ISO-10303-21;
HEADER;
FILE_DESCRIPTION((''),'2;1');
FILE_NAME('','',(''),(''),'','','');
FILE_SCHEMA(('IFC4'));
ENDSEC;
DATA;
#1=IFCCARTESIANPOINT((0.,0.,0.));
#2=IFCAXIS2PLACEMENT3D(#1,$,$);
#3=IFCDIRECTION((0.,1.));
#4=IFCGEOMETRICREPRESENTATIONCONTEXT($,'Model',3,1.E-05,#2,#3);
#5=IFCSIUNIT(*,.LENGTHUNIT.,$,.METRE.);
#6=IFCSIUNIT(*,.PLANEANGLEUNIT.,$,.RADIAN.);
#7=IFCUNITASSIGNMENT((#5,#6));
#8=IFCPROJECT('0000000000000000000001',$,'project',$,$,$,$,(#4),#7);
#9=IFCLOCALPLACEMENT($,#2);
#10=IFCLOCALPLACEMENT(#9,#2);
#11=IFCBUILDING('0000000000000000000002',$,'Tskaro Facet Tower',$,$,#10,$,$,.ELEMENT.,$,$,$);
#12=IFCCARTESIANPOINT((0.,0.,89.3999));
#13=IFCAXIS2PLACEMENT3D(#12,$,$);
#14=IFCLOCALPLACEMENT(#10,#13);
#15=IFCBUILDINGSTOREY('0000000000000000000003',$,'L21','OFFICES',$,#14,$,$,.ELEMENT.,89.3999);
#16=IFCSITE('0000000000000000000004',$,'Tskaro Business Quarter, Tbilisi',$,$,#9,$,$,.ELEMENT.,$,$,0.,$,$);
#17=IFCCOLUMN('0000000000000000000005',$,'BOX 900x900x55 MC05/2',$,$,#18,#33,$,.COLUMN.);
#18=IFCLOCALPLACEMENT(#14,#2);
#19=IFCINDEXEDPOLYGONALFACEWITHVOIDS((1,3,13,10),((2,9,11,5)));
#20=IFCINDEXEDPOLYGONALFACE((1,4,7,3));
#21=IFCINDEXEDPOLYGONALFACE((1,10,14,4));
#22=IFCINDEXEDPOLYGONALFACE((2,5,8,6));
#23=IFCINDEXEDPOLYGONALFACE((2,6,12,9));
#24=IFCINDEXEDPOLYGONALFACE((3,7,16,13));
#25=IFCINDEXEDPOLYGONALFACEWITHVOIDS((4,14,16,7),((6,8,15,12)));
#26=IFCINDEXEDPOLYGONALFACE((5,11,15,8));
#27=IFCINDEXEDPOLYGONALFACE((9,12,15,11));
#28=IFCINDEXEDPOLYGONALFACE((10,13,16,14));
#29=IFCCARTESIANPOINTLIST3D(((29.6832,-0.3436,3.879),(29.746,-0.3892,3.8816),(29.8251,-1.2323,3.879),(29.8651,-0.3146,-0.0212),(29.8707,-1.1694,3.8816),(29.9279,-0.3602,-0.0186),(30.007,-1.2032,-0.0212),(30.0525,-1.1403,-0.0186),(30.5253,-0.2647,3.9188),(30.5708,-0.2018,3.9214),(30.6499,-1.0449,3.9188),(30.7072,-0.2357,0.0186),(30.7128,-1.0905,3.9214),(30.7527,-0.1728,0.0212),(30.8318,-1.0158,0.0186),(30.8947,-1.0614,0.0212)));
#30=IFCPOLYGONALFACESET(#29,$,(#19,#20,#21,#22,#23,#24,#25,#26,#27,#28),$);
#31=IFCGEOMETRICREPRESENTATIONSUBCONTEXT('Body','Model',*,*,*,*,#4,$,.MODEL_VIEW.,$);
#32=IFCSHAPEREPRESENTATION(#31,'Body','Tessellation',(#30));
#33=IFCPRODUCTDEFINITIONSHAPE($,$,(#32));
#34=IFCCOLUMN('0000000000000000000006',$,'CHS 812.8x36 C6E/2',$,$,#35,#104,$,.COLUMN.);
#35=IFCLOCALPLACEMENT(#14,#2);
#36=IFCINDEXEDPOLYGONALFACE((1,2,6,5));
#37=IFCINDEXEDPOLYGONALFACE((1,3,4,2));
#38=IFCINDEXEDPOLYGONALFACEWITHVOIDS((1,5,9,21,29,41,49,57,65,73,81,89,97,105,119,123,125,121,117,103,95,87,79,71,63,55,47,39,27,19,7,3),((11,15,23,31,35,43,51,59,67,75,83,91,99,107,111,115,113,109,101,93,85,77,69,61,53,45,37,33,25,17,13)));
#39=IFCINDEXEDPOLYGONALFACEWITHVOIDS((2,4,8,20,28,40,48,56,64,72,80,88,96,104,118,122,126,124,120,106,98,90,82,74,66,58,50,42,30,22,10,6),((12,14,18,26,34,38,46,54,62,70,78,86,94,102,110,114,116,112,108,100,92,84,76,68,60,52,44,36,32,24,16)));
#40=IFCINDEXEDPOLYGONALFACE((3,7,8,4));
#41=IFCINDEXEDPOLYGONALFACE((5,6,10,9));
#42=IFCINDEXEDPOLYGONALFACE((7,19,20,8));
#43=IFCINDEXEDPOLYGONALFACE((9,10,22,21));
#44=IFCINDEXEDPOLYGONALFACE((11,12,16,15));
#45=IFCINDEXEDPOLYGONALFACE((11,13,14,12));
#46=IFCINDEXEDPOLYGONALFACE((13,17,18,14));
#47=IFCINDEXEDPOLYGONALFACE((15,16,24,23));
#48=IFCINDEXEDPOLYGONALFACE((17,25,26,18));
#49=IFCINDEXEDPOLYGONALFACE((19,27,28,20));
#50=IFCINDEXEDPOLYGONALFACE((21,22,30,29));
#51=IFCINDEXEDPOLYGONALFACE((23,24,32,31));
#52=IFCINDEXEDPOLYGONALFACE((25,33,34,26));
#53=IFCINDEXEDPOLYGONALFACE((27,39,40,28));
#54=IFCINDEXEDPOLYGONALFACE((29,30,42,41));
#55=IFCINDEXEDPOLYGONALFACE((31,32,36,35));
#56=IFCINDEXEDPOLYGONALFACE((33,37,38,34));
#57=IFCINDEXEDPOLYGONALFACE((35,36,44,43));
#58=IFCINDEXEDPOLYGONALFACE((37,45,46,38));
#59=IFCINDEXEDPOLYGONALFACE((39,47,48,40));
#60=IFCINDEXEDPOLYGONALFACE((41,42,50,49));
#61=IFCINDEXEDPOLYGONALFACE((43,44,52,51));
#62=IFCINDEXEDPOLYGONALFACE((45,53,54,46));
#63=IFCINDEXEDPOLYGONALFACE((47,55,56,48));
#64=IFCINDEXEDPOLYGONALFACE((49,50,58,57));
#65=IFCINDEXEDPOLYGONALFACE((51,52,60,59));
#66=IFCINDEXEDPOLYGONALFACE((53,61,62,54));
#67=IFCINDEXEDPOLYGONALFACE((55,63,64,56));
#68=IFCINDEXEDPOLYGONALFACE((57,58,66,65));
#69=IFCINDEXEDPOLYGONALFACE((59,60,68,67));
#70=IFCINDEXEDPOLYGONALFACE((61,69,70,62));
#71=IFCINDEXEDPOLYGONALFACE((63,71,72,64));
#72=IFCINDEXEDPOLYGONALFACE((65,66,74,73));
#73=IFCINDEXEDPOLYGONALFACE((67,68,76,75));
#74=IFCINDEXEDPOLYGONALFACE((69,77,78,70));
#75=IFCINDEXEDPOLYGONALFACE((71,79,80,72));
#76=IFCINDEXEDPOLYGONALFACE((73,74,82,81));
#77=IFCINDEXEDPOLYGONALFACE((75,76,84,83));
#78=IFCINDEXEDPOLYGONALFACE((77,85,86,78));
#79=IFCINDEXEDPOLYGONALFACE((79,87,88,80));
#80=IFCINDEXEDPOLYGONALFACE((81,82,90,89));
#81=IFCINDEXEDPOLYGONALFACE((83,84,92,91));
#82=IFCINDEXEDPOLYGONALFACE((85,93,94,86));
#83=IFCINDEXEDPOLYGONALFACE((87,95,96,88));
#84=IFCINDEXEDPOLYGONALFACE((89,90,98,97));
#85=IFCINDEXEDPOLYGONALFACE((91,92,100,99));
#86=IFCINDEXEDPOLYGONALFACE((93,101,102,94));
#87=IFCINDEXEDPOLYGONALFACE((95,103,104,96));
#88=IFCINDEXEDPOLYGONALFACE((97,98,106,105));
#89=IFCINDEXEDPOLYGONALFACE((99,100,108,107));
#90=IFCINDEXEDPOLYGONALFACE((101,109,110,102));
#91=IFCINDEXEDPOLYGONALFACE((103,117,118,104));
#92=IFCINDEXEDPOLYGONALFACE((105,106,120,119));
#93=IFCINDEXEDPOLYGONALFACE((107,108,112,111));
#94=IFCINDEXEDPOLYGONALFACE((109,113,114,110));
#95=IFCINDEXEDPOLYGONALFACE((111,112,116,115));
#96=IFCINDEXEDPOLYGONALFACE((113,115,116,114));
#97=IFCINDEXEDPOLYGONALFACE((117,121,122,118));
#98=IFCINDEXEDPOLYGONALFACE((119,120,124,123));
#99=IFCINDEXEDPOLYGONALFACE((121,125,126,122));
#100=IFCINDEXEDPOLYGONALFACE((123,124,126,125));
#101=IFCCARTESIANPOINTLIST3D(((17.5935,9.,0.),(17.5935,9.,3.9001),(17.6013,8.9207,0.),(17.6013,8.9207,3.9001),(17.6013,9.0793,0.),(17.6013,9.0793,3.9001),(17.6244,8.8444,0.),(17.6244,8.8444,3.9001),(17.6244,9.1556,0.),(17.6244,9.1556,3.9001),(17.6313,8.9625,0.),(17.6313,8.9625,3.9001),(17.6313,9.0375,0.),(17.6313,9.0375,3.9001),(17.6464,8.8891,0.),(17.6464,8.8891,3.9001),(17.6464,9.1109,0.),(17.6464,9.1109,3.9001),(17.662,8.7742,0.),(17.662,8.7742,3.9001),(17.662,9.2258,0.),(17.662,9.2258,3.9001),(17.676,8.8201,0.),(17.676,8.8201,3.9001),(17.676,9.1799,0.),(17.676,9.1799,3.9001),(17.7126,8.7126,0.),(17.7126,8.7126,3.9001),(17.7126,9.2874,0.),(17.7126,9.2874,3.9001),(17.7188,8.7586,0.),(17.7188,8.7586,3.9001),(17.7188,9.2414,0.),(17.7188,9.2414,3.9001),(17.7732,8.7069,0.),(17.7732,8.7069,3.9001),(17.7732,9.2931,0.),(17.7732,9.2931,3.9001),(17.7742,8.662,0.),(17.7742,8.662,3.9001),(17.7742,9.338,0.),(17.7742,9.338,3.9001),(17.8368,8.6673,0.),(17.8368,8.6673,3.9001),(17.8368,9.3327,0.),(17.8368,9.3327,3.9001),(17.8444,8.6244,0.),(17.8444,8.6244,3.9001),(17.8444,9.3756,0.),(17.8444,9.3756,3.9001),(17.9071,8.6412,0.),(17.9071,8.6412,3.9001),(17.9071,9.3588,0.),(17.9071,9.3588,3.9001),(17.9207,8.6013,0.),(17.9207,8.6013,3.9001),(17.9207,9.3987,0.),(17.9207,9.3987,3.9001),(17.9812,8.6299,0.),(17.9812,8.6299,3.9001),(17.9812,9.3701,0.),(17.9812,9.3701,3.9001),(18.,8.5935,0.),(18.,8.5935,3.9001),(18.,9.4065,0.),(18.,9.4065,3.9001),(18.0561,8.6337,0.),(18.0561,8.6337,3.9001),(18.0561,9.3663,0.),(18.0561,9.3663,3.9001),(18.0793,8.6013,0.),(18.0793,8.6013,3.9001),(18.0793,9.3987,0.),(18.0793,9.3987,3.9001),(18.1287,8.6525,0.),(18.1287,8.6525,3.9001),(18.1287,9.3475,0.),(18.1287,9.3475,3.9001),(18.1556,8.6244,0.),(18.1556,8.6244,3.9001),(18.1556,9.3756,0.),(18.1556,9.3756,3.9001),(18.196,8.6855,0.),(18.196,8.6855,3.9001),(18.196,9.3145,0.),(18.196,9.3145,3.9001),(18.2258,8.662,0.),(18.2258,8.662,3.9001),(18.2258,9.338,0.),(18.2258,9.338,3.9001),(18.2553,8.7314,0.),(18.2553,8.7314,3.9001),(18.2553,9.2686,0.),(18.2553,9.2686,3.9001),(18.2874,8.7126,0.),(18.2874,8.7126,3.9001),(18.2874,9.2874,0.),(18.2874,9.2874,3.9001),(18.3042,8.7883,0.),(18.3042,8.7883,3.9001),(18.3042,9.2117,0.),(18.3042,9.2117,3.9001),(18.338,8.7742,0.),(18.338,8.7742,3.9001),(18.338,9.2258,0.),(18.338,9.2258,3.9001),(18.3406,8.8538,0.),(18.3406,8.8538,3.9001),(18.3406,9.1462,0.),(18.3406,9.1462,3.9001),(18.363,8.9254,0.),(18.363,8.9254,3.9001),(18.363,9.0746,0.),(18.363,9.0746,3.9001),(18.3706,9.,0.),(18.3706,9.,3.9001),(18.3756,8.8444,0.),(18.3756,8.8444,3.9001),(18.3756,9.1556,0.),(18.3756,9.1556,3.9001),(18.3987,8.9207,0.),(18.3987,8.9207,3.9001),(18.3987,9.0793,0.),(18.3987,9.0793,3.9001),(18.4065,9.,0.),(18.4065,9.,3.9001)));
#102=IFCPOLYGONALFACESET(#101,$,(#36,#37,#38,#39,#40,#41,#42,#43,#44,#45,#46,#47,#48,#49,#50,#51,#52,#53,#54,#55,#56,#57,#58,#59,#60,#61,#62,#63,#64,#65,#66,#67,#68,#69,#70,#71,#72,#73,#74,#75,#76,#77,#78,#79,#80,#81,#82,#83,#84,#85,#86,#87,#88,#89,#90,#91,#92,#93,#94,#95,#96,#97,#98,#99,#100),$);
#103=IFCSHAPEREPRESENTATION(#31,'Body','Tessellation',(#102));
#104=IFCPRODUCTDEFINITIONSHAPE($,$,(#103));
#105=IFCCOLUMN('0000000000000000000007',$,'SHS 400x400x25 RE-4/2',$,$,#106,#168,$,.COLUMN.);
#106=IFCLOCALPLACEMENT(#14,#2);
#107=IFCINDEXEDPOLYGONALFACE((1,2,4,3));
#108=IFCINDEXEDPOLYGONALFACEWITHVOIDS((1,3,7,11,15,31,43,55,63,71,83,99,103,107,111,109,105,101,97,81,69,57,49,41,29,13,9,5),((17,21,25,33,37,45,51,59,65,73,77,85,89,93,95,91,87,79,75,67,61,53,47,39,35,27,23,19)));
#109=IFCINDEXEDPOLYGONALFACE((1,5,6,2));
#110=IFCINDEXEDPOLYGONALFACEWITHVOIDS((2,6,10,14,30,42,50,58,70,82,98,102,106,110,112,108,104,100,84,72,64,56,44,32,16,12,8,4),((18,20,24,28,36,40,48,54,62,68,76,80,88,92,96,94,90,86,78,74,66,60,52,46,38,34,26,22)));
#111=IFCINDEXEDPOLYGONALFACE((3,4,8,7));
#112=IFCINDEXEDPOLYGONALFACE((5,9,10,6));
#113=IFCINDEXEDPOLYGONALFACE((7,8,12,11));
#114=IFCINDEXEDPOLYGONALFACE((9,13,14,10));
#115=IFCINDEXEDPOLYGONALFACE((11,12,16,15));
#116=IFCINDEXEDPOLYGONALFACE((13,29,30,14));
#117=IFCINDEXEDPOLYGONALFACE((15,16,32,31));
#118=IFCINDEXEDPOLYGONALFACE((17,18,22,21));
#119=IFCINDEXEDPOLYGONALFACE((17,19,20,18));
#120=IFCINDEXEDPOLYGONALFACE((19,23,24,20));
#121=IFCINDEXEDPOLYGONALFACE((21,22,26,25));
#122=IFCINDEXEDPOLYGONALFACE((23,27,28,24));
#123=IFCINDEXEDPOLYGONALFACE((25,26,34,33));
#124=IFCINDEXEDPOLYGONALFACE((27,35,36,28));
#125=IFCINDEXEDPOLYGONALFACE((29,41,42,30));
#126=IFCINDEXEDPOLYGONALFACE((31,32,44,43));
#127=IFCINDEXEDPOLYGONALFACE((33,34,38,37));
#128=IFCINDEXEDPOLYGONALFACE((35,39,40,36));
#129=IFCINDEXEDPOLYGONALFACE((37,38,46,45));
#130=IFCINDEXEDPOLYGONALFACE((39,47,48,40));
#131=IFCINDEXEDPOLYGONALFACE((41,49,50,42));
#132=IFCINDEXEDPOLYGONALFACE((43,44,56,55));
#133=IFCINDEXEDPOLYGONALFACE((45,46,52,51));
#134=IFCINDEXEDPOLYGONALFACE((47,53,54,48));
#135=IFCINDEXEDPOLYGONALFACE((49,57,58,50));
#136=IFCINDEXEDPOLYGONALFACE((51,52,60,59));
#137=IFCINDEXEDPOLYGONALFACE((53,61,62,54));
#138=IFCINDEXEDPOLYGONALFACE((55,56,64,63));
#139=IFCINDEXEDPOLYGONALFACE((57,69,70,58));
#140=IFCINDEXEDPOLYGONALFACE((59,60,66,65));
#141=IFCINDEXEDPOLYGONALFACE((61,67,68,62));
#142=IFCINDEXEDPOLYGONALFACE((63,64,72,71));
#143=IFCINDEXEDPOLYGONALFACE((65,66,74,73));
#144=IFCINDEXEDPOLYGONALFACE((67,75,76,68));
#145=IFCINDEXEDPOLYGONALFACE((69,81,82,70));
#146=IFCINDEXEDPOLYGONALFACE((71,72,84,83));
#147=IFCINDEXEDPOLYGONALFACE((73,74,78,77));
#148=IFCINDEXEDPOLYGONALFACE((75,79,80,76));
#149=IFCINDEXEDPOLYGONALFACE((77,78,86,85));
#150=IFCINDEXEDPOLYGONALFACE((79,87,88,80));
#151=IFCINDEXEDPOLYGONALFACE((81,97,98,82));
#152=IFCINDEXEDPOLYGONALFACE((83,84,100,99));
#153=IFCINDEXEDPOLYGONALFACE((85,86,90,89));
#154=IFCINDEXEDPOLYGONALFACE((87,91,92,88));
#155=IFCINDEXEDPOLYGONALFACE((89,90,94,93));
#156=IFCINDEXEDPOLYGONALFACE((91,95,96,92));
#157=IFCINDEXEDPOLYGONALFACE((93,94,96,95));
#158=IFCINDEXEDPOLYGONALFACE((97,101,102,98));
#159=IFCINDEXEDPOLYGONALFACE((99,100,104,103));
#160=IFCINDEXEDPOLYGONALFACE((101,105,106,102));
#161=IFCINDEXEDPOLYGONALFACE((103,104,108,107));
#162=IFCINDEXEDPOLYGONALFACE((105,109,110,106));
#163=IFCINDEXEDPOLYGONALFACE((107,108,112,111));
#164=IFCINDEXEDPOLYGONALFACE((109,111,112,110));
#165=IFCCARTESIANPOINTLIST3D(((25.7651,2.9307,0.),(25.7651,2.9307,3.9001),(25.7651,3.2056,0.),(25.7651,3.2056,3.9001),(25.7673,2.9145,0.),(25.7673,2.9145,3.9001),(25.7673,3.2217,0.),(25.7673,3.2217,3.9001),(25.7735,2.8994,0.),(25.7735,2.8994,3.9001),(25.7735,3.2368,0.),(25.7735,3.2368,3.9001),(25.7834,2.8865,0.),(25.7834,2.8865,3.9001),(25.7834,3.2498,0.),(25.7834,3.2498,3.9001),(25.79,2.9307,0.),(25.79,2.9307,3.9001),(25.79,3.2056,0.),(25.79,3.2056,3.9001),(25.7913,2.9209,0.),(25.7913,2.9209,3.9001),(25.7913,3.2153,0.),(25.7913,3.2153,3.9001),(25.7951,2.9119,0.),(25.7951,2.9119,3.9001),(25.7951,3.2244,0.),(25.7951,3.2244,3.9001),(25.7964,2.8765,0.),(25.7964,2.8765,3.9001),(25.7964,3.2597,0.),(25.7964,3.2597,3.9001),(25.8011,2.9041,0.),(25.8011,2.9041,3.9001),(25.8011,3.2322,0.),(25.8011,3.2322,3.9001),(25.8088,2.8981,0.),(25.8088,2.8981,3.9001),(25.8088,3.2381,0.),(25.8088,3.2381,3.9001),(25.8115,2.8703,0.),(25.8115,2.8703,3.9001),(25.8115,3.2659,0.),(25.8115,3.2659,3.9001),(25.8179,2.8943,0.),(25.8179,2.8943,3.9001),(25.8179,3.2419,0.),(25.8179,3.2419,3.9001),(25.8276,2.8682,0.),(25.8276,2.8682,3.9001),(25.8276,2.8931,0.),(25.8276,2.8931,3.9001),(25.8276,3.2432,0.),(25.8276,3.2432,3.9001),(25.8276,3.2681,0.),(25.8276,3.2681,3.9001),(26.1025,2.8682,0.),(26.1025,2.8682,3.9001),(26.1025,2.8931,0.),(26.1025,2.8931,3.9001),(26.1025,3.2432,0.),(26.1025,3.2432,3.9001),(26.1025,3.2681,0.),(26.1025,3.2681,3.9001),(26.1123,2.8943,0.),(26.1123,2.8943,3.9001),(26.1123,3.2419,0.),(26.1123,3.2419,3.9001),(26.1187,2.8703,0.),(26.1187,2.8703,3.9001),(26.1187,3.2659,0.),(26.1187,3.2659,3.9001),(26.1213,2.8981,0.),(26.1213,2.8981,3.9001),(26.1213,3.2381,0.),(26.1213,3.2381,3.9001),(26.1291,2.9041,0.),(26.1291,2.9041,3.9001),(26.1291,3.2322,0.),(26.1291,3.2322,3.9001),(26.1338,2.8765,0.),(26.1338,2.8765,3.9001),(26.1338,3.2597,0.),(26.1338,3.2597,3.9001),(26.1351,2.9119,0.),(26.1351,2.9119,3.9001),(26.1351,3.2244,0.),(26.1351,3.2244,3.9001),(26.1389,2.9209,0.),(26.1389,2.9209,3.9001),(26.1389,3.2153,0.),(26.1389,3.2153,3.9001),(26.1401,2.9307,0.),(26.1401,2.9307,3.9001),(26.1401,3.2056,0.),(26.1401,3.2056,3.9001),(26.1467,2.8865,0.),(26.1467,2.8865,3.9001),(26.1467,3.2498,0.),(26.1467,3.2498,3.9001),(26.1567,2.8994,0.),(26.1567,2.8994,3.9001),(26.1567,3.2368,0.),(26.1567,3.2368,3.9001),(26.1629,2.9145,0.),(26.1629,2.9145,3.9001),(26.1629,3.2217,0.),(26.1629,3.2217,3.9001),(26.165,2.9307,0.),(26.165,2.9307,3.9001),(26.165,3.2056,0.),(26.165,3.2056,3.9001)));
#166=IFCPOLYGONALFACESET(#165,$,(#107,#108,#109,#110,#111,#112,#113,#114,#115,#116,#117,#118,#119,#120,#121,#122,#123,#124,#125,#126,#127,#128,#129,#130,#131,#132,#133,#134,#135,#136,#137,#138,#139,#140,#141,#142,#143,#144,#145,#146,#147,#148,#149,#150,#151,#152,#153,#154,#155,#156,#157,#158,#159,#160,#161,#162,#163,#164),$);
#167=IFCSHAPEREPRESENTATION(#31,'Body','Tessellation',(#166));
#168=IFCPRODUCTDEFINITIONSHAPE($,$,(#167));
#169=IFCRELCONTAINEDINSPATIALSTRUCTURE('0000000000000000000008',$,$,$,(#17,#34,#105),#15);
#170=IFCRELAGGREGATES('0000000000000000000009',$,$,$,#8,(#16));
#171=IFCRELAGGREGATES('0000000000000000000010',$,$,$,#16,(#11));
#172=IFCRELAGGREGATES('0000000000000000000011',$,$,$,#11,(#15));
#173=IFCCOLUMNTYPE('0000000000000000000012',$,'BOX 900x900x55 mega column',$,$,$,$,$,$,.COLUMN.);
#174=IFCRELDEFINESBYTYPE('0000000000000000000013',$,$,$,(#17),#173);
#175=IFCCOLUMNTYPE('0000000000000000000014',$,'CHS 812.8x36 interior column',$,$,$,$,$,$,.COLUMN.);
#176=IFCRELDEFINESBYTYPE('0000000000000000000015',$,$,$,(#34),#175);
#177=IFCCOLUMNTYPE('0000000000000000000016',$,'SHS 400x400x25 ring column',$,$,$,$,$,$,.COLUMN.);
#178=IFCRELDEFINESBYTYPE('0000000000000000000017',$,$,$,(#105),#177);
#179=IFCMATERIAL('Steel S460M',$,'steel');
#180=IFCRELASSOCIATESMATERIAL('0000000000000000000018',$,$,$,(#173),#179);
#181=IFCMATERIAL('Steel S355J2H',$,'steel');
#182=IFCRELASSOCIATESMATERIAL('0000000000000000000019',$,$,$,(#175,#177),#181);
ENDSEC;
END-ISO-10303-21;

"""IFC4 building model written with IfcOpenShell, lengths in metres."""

from ifc_helpers import new_model, si_unit, direction, frame, origin, origin_2d, place, context, subcontext, project, spatial, hollow_rectangle, hollow_circle, extrude, material, material_profile, profile_set, type_object, element, save


model = new_model("IFC4")

# Units and contexts
model_context = context("Model", 3, precision=1e-05, world=origin(), true_north=direction((0.0, 1.0)))
body_context = subcontext(model_context, "Body", "Model", "MODEL_VIEW")
ifc_project = project(units=[si_unit("LENGTHUNIT", "METRE"), si_unit("PLANEANGLEUNIT", "RADIAN")], contexts=[model_context])

# Site, building, storey
site_placement = place(None, origin())
site = spatial("IfcSite", under=ifc_project, at=site_placement, Name="Tskaro Business Quarter, Tbilisi", CompositionType="ELEMENT", RefElevation=0.0)
building_placement = place(site_placement, origin())
building = spatial("IfcBuilding", under=site, at=building_placement, Name="Tskaro Facet Tower", CompositionType="ELEMENT")
storey_placement = place(building_placement, frame((0.0, 0.0, 89.3999)))
storey = spatial("IfcBuildingStorey", under=building, at=storey_placement, Name="L21", Description="OFFICES", CompositionType="ELEMENT", Elevation=89.3999)

# Columns
ifc_material_1 = material(Name="Steel S460M", Category="steel")
ifc_material_profile_1 = material_profile(ifc_material_1, hollow_rectangle(XDim=0.8999, YDim=0.8999, WallThickness=0.0549, at=origin_2d()), Name="BOX 900x900x55")
ifc_profile_set_1 = profile_set([ifc_material_profile_1], Name="Steel S460M")
column_type_1 = type_object("IfcColumnType", Name="BOX 900x900x55 mega column", PredefinedType="COLUMN", material=ifc_profile_set_1)
column_1_placement = place(storey_placement, frame((30.3799, -0.688, 0.0), z_axis=(-0.046583, -0.007441, 0.998887), x_axis=(0.157732, -0.987482, 0.0)))
element("IfcColumn", 1, at=column_1_placement, inside=storey, type_object=column_type_1, Name="BOX 900x900x55 MC05/2", PredefinedType="COLUMN", context=body_context, shape_type="SweptSolid", body=[
    extrude(hollow_rectangle(XDim=0.8999, YDim=0.8999, WallThickness=0.0549, at=origin_2d()), origin(), (0.0, 0.0, 1.0), 3.9045),
])
ifc_material_2 = material(Name="Steel S355J2H", Category="steel")
ifc_material_profile_2 = material_profile(ifc_material_2, hollow_circle(Radius=0.4065, WallThickness=0.0359, at=origin_2d()), Name="CHS 812.8x36")
ifc_profile_set_2 = profile_set([ifc_material_profile_2], Name="Steel S355J2H")
column_type_2 = type_object("IfcColumnType", Name="CHS 812.8x36 interior column", PredefinedType="COLUMN", material=ifc_profile_set_2)
column_2_placement = place(storey_placement, frame((18.0, 9.0, 0.0), z_axis=(0.0, 0.0, 1.0), x_axis=(1.0, 0.0, 0.0)))
element("IfcColumn", 2, at=column_2_placement, inside=storey, type_object=column_type_2, Name="CHS 812.8x36 C6E/2", PredefinedType="COLUMN", context=body_context, shape_type="SweptSolid", body=[
    extrude(hollow_circle(Radius=0.4065, WallThickness=0.0359, at=origin_2d()), origin(), (0.0, 0.0, 1.0), 3.9001),
])
ifc_material_profile_3 = material_profile(ifc_material_2, hollow_rectangle(XDim=0.3999, YDim=0.3999, WallThickness=0.0249, InnerFilletRadius=0.0376, OuterFilletRadius=0.0625, at=origin_2d()), Name="SHS 400x400x25")
ifc_profile_set_3 = profile_set([ifc_material_profile_3], Name="Steel S355J2H")
column_type_3 = type_object("IfcColumnType", Name="SHS 400x400x25 ring column", PredefinedType="COLUMN", material=ifc_profile_set_3)
for number, where, z_axis, x_axis, name in (
    (3, (25.9651, 3.0681, 0.0), (0.0, 0.0, 1.0), (1.0, 0.0, 0.0), "SHS 400x400x25 RE-4/2"),
):
    element("IfcColumn", number, at=place(storey_placement, frame(where, z_axis=z_axis, x_axis=x_axis)), inside=storey, type_object=column_type_3, Name=name, PredefinedType="COLUMN", context=body_context, shape_type="SweptSolid", body=[
        extrude(hollow_rectangle(XDim=0.3999, YDim=0.3999, WallThickness=0.0249, InnerFilletRadius=0.0376, OuterFilletRadius=0.0625, at=origin_2d()), origin(), (0.0, 0.0, 1.0), 3.9001),
    ])

save(model, "model.ifc")
